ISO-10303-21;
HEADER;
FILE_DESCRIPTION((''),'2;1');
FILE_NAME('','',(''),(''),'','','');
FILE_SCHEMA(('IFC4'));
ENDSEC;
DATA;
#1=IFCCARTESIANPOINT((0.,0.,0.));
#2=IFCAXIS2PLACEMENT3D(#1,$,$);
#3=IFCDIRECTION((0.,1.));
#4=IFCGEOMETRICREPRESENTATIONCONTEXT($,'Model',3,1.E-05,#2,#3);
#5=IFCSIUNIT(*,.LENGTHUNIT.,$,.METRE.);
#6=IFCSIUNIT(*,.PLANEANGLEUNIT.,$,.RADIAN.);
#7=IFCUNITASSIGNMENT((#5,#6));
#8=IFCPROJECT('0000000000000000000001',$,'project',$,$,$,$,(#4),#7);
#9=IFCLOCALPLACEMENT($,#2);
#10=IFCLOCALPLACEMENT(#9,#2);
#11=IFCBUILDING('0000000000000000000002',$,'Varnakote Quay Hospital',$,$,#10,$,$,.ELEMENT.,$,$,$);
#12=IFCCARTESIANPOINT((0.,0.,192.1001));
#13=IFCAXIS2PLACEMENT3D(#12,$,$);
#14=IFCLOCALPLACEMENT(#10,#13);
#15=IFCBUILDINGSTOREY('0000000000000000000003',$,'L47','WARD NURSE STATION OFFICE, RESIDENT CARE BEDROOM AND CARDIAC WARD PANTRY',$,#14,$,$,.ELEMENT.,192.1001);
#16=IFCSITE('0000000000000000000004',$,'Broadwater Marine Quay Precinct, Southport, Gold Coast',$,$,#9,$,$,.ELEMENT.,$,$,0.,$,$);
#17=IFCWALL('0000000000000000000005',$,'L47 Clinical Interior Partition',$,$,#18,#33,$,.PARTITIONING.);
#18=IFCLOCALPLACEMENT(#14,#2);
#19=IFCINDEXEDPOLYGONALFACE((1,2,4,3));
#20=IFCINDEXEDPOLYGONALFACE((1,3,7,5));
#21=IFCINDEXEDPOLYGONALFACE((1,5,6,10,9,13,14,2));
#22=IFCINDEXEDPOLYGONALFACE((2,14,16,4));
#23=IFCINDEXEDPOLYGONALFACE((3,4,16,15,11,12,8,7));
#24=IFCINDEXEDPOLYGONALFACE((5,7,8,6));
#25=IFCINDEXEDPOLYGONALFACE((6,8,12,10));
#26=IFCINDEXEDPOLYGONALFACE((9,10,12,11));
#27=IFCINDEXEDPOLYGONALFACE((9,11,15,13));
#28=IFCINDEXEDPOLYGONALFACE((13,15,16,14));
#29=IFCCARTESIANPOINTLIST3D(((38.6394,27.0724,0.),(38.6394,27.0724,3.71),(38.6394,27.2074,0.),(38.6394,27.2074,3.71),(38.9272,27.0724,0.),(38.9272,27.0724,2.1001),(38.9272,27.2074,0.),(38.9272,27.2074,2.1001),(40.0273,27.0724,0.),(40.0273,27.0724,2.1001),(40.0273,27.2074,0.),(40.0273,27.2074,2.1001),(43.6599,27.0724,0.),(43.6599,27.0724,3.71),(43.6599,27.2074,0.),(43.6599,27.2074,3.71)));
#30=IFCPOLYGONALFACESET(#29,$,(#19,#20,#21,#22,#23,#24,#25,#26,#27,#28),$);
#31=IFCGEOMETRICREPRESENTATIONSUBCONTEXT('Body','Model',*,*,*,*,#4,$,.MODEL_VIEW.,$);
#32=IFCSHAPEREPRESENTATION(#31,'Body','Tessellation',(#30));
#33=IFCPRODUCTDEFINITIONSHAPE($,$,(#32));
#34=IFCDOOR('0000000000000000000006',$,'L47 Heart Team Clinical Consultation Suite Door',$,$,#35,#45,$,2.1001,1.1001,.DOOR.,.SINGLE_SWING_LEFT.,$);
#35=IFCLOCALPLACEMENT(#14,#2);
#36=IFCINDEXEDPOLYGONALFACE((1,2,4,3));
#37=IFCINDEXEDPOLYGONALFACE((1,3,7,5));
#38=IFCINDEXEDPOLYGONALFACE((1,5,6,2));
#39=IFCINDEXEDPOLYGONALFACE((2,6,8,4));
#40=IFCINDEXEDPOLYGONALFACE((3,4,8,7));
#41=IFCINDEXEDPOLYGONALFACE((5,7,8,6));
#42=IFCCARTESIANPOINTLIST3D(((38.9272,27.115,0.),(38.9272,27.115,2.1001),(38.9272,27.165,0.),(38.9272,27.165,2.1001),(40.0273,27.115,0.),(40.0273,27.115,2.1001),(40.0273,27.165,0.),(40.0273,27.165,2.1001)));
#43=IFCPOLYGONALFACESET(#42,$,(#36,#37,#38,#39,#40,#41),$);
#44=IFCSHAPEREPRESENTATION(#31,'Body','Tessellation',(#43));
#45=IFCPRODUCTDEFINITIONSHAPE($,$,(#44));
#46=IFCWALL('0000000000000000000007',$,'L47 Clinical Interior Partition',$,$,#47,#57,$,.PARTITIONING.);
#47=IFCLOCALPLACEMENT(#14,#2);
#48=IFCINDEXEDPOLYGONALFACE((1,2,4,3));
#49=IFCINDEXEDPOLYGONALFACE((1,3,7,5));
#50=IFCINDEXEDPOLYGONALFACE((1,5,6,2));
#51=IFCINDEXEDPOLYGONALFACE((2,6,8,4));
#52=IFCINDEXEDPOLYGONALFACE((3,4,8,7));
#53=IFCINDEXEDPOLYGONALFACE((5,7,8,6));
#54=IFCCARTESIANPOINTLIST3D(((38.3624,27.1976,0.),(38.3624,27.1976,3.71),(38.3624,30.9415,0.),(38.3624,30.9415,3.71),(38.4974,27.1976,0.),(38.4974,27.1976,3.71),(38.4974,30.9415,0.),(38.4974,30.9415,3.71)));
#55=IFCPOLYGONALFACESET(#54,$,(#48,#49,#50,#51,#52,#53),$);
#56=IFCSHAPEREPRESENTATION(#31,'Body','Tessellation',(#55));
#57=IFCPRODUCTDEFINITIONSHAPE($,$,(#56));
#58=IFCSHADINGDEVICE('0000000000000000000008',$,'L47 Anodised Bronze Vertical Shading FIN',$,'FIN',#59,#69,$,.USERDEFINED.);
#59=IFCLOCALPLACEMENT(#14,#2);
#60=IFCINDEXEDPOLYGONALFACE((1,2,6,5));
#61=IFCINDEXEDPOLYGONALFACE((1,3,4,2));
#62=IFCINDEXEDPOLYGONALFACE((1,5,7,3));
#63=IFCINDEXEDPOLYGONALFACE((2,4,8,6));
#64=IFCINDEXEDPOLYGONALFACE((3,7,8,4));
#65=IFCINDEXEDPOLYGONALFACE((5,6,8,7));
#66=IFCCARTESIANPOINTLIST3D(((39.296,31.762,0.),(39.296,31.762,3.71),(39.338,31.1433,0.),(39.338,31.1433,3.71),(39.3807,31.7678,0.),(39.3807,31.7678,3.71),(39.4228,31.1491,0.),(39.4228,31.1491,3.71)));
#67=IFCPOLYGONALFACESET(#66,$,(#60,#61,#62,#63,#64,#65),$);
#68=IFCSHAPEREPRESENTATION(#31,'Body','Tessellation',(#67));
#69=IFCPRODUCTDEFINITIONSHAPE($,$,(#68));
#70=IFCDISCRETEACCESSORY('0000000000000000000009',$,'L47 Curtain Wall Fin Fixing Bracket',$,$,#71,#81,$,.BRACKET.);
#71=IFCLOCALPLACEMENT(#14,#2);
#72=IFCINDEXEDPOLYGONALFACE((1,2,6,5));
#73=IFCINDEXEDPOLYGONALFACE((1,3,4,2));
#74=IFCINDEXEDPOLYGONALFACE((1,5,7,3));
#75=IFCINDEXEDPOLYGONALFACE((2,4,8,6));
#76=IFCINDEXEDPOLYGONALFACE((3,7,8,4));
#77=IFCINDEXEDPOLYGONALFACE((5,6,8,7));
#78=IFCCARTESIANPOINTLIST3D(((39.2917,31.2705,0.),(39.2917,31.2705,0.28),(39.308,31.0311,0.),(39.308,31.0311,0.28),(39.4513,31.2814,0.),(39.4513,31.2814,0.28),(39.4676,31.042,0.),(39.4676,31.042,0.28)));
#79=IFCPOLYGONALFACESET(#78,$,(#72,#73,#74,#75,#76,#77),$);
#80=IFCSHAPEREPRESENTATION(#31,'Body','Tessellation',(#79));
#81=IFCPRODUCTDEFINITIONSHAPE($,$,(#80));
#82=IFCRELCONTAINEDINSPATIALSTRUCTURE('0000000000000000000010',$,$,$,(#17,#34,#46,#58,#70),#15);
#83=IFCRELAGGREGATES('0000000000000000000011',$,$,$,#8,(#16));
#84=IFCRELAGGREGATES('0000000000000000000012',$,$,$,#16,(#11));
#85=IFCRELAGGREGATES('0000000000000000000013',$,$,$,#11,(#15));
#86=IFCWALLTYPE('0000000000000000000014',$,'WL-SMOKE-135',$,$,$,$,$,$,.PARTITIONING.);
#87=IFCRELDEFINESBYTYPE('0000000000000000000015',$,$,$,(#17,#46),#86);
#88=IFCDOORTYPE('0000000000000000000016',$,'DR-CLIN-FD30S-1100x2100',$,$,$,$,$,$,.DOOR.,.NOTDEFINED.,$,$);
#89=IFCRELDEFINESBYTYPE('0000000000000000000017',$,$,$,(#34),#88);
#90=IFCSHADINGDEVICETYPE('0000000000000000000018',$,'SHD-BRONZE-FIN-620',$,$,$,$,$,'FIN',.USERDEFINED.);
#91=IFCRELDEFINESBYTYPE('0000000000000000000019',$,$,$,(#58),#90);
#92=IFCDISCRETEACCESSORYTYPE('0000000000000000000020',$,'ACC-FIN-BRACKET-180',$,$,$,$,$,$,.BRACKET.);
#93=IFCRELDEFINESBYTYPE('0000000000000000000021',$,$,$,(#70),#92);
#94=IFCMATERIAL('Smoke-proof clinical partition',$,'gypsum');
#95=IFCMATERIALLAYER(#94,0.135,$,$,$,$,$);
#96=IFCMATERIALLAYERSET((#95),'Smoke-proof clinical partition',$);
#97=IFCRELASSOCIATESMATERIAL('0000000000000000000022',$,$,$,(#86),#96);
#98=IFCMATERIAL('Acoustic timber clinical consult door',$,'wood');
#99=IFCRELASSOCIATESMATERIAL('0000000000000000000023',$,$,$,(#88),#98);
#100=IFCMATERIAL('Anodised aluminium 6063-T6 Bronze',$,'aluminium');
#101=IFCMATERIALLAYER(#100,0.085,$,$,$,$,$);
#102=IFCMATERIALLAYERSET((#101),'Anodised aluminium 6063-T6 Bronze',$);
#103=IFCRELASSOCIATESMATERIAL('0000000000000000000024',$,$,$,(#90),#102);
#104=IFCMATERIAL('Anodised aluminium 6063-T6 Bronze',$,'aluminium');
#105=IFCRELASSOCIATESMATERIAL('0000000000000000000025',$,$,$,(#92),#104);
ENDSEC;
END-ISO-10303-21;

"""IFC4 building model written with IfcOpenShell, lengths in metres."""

from ifc_helpers import new_model, si_unit, direction, frame, frame_2d, origin, origin_2d, place, context, subcontext, project, spatial, rectangle, extrude, material, layer, layer_set, type_object, element, fill, save


model = new_model("IFC4")

# Units and contexts
model_context = context("Model", 3, precision=1e-05, world=origin(), true_north=direction((0.0, 1.0)))
body_context = subcontext(model_context, "Body", "Model", "MODEL_VIEW")
ifc_project = project(units=[si_unit("LENGTHUNIT", "METRE"), si_unit("PLANEANGLEUNIT", "RADIAN")], contexts=[model_context])

# Site, building, storey
site_placement = place(None, origin())
site = spatial("IfcSite", under=ifc_project, at=site_placement, Name="Broadwater Marine Quay Precinct, Southport, Gold Coast", CompositionType="ELEMENT", RefElevation=0.0)
building_placement = place(site_placement, origin())
building = spatial("IfcBuilding", under=site, at=building_placement, Name="Varnakote Quay Hospital", CompositionType="ELEMENT")
storey_placement = place(building_placement, frame((0.0, 0.0, 192.1001)))
storey = spatial("IfcBuildingStorey", under=building, at=storey_placement, Name="L47", Description="WARD NURSE STATION OFFICE, RESIDENT CARE BEDROOM AND CARDIAC WARD PANTRY", CompositionType="ELEMENT", Elevation=192.1001)

# Shared definitions
ifc_material_1 = material(Name="Smoke-proof clinical partition", Category="gypsum")
ifc_layer_1 = layer(ifc_material_1, 0.135)
ifc_layer_set_1 = layer_set([ifc_layer_1], Name="Smoke-proof clinical partition")
wall_type = type_object("IfcWallType", Name="WL-SMOKE-135", PredefinedType="PARTITIONING", material=ifc_layer_set_1)

# Shared definitions
ifc_material_2 = material(Name="Acoustic timber clinical consult door", Category="wood")
door_type = type_object("IfcDoorType", Name="DR-CLIN-FD30S-1100x2100", OperationType="NOTDEFINED", PredefinedType="DOOR", material=ifc_material_2)

# Wall, opening, door
wall_1_placement = place(storey_placement, frame((43.6599, 27.1399, 0.0), z_axis=(0.0, 0.0, 1.0), x_axis=(-1.0, 0.0, 0.0)))
wall_1 = element("IfcWall", 1, at=wall_1_placement, inside=storey, type_object=wall_type, Name="L47 Clinical Interior Partition", PredefinedType="PARTITIONING", context=body_context, shape_type="SweptSolid", body=[
    extrude(rectangle(XDim=5.0205, YDim=0.135, at=frame_2d((2.5103, 0.0))), origin(), (0.0, 0.0, 1.0), 3.71),
])
opening_1_placement = place(wall_1_placement, frame((3.6326, 0.0, 0.0)))
opening_1 = element("IfcOpeningElement", 2, at=opening_1_placement, cuts=wall_1, PredefinedType="OPENING", context=body_context, shape_type="SweptSolid", body=[
    extrude(rectangle(XDim=1.1001, YDim=2.1001, at=frame_2d((0.55, 1.05))), frame((0.0, 0.0774, 0.0), z_axis=(0.0, -1.0, 0.0), x_axis=(1.0, 0.0, 0.0)), (0.0, 0.0, 1.0), 0.155),
])
door_1_placement = place(opening_1_placement, origin())
door_1 = element("IfcDoor", 3, at=door_1_placement, inside=storey, type_object=door_type, Name="L47 Heart Team Clinical Consultation Suite Door", OperationType="SINGLE_SWING_LEFT", OverallHeight=2.1001, OverallWidth=1.1001, PredefinedType="DOOR", context=body_context, shape_type="SweptSolid", body=[
    extrude(rectangle(XDim=1.1001, YDim=2.1001, at=frame_2d((0.55, 1.05))), frame((0.0, 0.0249, 0.0), z_axis=(0.0, -1.0, 0.0), x_axis=(1.0, 0.0, 0.0)), (0.0, 0.0, 1.0), 0.05),
])
fill(opening_1, door_1)

# Wall
wall_2_placement = place(storey_placement, frame((38.4299, 27.1975, 0.0), z_axis=(0.0, 0.0, 1.0), x_axis=(0.0, 1.0, 0.0)))
element("IfcWall", 4, at=wall_2_placement, inside=storey, type_object=wall_type, Name="L47 Clinical Interior Partition", PredefinedType="PARTITIONING", context=body_context, shape_type="SweptSolid", body=[
    extrude(rectangle(XDim=3.7439, YDim=0.135, at=frame_2d((1.8721, 0.0))), origin(), (0.0, 0.0, 1.0), 3.71),
])

# Shading device
ifc_material_3 = material(Name="Anodised aluminium 6063-T6 Bronze", Category="aluminium")
ifc_layer_2 = layer(ifc_material_3, 0.085)
ifc_layer_set_2 = layer_set([ifc_layer_2], Name="Anodised aluminium 6063-T6 Bronze")
shading_device_type = type_object("IfcShadingDeviceType", Name="SHD-BRONZE-FIN-620", ElementType="FIN", PredefinedType="USERDEFINED", material=ifc_layer_set_2)
shading_device_placement = place(storey_placement, frame((39.3594, 31.4556, 0.0), z_axis=(0.0, 0.0, 1.0), x_axis=(0.067841, -0.997696, 0.0)))
element("IfcShadingDevice", 5, at=shading_device_placement, inside=storey, type_object=shading_device_type, Name="L47 Anodised Bronze Vertical Shading FIN", ObjectType="FIN", PredefinedType="USERDEFINED", context=body_context, shape_type="SweptSolid", body=[
    extrude(rectangle(XDim=0.6201, YDim=0.085, at=origin_2d()), origin(), (0.0, 0.0, 1.0), 3.71),
])

# Discrete accessory
ifc_material_4 = material(Name="Anodised aluminium 6063-T6 Bronze", Category="aluminium")
discrete_accessory_type = type_object("IfcDiscreteAccessoryType", Name="ACC-FIN-BRACKET-180", PredefinedType="BRACKET", material=ifc_material_4)
discrete_accessory_placement = place(storey_placement, frame((39.3796, 31.1562, 0.0), z_axis=(0.0, 0.0, 1.0), x_axis=(-0.997696, -0.067841, 0.0)))
element("IfcDiscreteAccessory", 6, at=discrete_accessory_placement, inside=storey, type_object=discrete_accessory_type, Name="L47 Curtain Wall Fin Fixing Bracket", PredefinedType="BRACKET", context=body_context, shape_type="SweptSolid", body=[
    extrude(rectangle(XDim=0.1599, YDim=0.24, at=origin_2d()), origin(), (0.0, 0.0, 1.0), 0.28),
])

save(model, "model.ifc")
